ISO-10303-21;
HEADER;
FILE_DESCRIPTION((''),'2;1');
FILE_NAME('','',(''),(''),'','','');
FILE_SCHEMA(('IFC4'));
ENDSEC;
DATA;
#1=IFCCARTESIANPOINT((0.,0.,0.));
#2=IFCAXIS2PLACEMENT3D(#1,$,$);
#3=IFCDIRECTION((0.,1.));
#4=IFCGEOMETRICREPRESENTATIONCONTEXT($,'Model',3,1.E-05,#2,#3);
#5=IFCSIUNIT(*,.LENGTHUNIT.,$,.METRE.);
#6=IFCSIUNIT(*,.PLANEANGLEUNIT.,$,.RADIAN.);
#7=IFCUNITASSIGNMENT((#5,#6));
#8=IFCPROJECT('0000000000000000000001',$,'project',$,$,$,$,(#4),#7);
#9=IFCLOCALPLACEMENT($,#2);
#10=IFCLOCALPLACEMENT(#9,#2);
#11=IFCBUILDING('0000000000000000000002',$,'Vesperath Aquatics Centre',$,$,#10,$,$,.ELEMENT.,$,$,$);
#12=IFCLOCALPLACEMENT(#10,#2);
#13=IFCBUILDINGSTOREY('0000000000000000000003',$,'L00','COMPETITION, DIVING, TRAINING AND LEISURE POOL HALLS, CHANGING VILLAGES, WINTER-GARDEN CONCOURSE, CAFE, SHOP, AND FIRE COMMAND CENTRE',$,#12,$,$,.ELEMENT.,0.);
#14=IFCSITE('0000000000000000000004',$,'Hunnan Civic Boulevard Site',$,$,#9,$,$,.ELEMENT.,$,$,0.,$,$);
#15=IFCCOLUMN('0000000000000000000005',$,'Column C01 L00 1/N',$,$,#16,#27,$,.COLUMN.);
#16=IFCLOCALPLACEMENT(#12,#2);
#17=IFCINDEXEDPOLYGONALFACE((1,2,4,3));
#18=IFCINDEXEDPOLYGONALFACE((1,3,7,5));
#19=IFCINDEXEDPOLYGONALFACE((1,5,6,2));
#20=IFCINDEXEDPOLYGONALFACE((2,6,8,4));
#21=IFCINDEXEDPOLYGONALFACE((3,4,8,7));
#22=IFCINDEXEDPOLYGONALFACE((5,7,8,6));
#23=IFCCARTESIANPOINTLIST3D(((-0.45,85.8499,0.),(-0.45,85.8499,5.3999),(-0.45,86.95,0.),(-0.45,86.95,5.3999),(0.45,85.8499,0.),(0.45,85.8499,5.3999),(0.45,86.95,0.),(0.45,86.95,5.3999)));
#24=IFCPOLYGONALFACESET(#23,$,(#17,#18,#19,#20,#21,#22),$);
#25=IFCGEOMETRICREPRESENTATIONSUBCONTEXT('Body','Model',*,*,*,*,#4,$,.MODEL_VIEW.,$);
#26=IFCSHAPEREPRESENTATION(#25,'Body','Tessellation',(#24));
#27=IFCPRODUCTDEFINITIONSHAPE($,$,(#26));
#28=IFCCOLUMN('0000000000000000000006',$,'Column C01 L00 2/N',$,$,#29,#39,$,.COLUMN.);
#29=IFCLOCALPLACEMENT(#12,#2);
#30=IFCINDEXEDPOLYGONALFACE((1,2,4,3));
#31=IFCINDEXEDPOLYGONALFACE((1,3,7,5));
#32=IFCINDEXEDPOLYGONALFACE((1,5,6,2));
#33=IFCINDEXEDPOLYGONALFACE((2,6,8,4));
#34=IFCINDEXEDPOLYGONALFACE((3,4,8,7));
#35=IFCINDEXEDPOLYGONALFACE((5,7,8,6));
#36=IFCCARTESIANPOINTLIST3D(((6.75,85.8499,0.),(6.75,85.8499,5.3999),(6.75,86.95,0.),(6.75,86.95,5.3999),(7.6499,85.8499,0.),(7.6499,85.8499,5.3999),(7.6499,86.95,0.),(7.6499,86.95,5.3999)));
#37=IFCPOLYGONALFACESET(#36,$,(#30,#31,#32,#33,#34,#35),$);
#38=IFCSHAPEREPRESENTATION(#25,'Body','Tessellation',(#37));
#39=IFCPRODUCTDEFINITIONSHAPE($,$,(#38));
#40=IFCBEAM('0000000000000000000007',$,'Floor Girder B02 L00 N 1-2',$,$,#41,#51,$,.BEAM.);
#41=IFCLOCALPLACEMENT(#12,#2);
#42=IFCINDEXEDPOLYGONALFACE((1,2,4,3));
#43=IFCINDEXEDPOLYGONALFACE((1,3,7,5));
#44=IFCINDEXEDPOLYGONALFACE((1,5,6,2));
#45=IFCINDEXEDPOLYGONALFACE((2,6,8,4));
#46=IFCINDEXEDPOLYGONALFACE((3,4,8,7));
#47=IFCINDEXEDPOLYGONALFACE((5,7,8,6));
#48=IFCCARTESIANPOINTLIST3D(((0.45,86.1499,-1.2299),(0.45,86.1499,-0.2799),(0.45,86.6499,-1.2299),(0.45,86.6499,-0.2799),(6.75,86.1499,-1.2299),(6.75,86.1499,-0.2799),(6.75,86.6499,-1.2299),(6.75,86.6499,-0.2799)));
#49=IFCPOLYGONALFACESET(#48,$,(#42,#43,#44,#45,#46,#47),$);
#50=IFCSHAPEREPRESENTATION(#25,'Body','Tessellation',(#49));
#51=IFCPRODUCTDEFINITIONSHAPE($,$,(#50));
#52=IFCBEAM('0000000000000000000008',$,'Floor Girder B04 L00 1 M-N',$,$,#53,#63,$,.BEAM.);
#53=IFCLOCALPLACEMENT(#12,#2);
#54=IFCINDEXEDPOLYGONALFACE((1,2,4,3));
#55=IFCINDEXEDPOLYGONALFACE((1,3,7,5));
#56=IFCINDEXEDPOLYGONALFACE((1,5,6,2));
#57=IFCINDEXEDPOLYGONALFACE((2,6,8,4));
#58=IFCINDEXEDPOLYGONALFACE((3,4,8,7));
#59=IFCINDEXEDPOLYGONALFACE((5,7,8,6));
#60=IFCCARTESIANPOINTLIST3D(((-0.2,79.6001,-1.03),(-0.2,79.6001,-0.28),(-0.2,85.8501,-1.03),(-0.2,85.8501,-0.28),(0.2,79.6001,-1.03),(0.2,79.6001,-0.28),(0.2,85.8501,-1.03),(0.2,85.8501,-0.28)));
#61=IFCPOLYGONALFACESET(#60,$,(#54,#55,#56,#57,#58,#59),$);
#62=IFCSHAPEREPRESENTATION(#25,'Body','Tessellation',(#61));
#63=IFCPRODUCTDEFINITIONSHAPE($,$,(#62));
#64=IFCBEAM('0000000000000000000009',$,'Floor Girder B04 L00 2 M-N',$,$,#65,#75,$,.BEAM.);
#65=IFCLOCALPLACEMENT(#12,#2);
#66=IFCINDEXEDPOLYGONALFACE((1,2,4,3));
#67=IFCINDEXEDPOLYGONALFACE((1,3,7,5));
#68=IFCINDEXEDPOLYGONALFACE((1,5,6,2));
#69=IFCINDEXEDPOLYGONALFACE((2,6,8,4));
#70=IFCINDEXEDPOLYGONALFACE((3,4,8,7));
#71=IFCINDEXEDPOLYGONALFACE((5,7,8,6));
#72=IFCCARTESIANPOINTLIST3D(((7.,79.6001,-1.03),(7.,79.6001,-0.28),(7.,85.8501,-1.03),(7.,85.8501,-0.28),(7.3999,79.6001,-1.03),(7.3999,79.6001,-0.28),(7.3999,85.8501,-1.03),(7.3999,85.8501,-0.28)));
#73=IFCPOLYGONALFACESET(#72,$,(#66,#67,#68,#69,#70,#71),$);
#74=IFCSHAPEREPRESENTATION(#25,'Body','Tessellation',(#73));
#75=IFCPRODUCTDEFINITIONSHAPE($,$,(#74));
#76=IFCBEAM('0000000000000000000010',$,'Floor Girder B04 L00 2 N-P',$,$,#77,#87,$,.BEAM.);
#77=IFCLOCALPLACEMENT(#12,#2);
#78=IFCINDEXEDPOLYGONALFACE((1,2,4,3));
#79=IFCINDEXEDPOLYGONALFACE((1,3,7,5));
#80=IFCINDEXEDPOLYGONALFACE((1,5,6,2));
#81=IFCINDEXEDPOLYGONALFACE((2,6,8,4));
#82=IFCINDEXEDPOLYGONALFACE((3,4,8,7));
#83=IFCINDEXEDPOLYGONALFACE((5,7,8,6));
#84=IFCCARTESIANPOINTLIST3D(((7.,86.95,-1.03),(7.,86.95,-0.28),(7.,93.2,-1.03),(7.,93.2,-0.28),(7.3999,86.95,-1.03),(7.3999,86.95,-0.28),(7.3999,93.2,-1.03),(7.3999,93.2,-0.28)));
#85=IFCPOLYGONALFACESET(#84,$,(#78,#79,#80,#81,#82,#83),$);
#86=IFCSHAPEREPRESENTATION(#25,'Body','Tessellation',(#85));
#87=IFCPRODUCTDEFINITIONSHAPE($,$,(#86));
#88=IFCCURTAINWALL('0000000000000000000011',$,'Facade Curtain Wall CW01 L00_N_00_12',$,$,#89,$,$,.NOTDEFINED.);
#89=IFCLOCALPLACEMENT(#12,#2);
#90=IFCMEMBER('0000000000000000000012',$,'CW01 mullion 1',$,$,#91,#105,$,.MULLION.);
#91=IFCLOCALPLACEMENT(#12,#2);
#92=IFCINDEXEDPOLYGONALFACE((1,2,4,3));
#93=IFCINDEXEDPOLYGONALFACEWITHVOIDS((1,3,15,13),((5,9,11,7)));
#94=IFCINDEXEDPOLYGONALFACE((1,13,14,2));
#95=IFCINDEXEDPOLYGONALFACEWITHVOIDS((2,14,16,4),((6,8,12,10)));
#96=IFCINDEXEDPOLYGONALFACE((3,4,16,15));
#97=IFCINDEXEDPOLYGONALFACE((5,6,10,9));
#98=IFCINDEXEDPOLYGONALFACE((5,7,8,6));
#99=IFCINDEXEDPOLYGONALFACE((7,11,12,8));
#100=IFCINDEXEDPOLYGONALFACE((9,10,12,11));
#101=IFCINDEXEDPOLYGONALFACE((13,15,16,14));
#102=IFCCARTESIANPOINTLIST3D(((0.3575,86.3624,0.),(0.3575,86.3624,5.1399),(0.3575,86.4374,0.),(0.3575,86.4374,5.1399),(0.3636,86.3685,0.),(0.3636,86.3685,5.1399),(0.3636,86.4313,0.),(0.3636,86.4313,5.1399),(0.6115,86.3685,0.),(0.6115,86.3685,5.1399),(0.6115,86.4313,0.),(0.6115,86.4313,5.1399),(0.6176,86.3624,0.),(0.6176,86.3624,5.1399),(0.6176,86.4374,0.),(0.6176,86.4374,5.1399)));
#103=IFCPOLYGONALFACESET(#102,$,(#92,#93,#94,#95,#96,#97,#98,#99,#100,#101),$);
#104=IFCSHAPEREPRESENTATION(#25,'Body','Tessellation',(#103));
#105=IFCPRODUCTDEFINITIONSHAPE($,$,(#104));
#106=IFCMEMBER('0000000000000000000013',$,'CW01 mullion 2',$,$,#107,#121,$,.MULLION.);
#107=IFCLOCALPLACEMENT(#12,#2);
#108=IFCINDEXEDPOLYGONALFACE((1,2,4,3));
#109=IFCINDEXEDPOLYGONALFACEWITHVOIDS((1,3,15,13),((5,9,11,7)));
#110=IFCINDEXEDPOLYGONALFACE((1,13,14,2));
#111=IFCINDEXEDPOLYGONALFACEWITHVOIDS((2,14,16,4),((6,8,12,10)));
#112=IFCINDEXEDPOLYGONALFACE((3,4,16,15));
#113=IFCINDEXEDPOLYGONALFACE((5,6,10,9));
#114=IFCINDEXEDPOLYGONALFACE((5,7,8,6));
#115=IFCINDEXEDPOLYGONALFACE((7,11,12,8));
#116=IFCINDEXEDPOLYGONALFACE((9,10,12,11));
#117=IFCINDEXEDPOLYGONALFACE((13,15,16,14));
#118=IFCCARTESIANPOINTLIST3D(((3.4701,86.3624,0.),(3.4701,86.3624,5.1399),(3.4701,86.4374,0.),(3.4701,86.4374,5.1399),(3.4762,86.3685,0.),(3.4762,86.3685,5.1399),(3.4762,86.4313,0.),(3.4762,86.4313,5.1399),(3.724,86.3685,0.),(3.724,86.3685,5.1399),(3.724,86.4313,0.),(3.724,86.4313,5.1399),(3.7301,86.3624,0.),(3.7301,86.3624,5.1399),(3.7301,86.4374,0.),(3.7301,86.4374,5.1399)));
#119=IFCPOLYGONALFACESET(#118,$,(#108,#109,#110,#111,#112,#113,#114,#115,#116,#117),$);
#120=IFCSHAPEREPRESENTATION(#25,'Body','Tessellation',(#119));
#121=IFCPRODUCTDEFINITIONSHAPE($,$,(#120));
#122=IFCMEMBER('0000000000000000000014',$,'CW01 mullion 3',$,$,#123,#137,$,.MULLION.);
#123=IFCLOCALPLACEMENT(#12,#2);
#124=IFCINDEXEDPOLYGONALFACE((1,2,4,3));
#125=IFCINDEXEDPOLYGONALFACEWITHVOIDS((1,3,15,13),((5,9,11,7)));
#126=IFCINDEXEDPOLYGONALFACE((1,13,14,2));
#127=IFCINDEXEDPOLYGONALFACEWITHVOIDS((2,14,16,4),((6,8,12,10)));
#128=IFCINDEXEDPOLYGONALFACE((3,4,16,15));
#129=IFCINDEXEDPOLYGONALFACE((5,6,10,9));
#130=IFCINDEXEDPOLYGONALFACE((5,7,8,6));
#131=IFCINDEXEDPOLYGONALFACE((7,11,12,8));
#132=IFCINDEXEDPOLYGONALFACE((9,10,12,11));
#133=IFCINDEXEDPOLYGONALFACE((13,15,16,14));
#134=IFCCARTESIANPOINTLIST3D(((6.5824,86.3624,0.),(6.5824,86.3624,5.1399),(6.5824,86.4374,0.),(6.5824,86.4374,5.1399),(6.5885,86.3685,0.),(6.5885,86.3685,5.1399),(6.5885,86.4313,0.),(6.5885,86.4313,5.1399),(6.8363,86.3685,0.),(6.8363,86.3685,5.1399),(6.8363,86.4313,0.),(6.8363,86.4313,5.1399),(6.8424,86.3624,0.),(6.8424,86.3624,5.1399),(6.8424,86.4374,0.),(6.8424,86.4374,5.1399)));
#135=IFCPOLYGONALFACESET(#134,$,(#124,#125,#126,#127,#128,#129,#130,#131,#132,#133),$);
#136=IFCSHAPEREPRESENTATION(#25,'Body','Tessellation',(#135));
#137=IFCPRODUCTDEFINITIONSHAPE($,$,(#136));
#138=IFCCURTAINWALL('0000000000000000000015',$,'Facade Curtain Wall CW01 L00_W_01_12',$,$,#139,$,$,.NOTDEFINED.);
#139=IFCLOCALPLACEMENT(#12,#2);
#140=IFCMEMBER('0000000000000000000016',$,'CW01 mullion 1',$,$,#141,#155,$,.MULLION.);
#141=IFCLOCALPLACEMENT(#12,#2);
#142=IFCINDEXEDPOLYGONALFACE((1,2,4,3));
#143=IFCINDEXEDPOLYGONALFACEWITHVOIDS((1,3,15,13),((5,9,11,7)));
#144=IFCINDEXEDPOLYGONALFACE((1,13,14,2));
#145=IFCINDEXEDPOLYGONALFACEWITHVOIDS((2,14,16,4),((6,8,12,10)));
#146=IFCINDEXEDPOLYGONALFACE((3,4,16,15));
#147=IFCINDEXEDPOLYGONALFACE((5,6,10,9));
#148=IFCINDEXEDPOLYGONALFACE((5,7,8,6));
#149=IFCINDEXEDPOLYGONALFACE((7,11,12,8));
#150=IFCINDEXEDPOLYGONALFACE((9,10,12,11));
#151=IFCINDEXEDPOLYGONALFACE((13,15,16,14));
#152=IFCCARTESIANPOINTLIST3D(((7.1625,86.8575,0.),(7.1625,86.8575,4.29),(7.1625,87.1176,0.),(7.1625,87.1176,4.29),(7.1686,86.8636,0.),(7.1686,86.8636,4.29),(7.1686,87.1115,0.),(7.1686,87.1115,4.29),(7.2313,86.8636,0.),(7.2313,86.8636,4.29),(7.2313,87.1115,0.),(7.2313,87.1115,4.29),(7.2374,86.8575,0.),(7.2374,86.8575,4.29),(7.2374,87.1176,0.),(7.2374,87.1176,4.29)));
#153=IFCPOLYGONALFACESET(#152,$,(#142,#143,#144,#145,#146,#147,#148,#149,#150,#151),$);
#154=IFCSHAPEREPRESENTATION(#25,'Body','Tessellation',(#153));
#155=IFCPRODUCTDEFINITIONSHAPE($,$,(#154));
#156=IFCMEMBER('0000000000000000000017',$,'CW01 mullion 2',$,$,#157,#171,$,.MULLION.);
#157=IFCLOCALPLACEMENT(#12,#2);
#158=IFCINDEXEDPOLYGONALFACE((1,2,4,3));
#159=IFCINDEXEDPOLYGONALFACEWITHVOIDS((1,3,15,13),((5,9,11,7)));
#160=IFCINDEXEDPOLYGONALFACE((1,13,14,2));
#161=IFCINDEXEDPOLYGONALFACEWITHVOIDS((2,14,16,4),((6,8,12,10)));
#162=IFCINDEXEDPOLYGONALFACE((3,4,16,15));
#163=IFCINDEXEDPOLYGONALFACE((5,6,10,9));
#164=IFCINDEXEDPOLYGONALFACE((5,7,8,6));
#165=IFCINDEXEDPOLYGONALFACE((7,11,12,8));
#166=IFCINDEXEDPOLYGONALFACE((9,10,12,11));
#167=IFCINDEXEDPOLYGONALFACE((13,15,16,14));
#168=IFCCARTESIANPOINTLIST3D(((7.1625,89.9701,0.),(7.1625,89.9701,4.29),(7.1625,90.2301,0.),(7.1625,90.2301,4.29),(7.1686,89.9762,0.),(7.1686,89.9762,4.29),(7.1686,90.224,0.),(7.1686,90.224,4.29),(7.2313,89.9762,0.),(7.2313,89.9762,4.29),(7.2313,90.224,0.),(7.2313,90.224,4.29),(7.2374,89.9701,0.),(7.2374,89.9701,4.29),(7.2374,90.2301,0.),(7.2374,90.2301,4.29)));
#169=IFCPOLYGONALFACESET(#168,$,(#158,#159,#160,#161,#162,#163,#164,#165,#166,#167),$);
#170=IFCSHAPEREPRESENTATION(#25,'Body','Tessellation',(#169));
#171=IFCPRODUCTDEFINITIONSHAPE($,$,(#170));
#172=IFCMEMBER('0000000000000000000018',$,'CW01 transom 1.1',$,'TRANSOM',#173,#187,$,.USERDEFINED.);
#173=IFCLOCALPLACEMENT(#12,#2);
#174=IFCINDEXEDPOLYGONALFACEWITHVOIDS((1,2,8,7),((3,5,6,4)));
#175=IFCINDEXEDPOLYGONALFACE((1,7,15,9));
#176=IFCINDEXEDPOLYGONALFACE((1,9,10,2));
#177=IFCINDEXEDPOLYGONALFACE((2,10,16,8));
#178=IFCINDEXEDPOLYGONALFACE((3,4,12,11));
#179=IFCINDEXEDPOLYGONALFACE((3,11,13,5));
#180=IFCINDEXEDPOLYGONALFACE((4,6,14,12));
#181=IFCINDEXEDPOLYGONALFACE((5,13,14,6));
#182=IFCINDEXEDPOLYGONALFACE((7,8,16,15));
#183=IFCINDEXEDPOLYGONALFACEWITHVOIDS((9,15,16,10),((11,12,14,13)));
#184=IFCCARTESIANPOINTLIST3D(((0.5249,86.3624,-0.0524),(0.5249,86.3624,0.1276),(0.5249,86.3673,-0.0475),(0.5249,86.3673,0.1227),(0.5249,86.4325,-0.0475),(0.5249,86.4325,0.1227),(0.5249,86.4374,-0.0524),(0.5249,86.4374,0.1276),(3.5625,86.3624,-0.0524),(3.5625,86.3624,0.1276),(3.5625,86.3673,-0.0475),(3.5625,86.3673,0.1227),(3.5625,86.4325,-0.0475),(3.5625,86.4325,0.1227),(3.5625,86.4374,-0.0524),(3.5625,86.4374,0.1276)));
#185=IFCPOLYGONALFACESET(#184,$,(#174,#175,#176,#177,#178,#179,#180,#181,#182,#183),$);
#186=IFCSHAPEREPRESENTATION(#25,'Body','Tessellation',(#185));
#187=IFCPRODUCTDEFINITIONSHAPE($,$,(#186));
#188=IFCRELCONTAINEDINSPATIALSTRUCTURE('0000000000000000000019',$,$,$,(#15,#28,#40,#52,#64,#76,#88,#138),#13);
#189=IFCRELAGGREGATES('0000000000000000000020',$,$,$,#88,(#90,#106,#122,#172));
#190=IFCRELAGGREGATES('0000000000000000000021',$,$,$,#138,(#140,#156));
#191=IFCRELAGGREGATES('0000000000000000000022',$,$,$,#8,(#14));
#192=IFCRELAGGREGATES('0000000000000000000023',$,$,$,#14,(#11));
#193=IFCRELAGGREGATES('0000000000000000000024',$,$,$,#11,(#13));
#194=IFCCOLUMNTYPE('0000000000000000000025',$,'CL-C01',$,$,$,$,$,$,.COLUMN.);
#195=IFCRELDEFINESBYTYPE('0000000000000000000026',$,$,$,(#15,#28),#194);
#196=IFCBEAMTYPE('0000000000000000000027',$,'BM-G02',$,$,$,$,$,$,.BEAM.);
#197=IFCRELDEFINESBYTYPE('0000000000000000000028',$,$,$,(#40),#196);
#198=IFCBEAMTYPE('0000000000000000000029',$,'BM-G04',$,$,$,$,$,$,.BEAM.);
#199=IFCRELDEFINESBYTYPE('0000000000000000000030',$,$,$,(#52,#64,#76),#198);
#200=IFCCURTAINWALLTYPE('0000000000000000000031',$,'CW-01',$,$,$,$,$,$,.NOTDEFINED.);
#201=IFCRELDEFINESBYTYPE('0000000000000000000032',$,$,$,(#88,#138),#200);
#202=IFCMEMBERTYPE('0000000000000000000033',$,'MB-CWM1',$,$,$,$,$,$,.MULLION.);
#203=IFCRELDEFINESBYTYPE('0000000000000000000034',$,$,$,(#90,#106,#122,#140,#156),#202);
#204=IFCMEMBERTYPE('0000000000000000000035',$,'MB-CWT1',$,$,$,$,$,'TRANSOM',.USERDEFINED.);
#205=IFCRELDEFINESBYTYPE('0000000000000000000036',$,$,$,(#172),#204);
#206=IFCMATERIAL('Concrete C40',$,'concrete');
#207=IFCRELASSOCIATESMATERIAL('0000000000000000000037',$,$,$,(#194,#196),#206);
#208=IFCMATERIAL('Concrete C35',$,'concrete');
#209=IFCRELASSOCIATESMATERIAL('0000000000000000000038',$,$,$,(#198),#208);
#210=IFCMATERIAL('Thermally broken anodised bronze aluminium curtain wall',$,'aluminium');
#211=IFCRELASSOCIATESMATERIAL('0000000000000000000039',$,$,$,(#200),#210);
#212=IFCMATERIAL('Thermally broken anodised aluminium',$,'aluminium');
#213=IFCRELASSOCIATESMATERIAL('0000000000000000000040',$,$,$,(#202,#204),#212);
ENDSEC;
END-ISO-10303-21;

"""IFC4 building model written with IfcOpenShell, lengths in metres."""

from ifc_helpers import new_model, si_unit, direction, frame, origin, origin_2d, place, context, subcontext, project, spatial, rectangle, hollow_rectangle, extrude, material, material_profile, profile_set, type_object, element, aggregate, save


model = new_model("IFC4")

# Units and contexts
model_context = context("Model", 3, precision=1e-05, world=origin(), true_north=direction((0.0, 1.0)))
body_context = subcontext(model_context, "Body", "Model", "MODEL_VIEW")
ifc_project = project(units=[si_unit("LENGTHUNIT", "METRE"), si_unit("PLANEANGLEUNIT", "RADIAN")], contexts=[model_context])

# Site, building, storey
site_placement = place(None, origin())
site = spatial("IfcSite", under=ifc_project, at=site_placement, Name="Hunnan Civic Boulevard Site", CompositionType="ELEMENT", RefElevation=0.0)
building_placement = place(site_placement, origin())
building = spatial("IfcBuilding", under=site, at=building_placement, Name="Vesperath Aquatics Centre", CompositionType="ELEMENT")
storey_placement = place(building_placement, origin())
storey = spatial("IfcBuildingStorey", under=building, at=storey_placement, Name="L00", Description="COMPETITION, DIVING, TRAINING AND LEISURE POOL HALLS, CHANGING VILLAGES, WINTER-GARDEN CONCOURSE, CAFE, SHOP, AND FIRE COMMAND CENTRE", CompositionType="ELEMENT", Elevation=0.0)

# Columns
ifc_material_1 = material(Name="Concrete C40", Category="concrete")
ifc_material_profile_1 = material_profile(ifc_material_1, rectangle(XDim=0.8999, YDim=1.1001, at=origin_2d()), Name="RC 1100x900")
ifc_profile_set_1 = profile_set([ifc_material_profile_1], Name="Concrete C40")
column_type = type_object("IfcColumnType", Name="CL-C01", PredefinedType="COLUMN", material=ifc_profile_set_1)
for number, where, z_axis, x_axis, name in (
    (1, (0.0, 86.3999, 0.0), (0.0, 0.0, 1.0), (1.0, 0.0, 0.0), "Column C01 L00 1/N"),
    (2, (7.2, 86.3999, 0.0), (0.0, 0.0, 1.0), (1.0, 0.0, 0.0), "Column C01 L00 2/N"),
):
    element("IfcColumn", number, at=place(storey_placement, frame(where, z_axis=z_axis, x_axis=x_axis)), inside=storey, type_object=column_type, Name=name, PredefinedType="COLUMN", context=body_context, shape_type="SweptSolid", body=[
        extrude(rectangle(XDim=0.8999, YDim=1.1001, at=origin_2d()), origin(), (0.0, 0.0, 1.0), 5.3999),
    ])

# Beams
ifc_material_profile_2 = material_profile(ifc_material_1, rectangle(XDim=0.5, YDim=0.95, at=origin_2d()), Name="RC 500x950")
ifc_profile_set_2 = profile_set([ifc_material_profile_2], Name="Concrete C40")
beam_type_1 = type_object("IfcBeamType", Name="BM-G02", PredefinedType="BEAM", material=ifc_profile_set_2)
beam_placement = place(storey_placement, frame((0.45, 86.3999, -0.7549), z_axis=(1.0, 0.0, 0.0), x_axis=(0.0, 1.0, 0.0)))
element("IfcBeam", 3, at=beam_placement, inside=storey, type_object=beam_type_1, Name="Floor Girder B02 L00 N 1-2", PredefinedType="BEAM", context=body_context, shape_type="SweptSolid", body=[
    extrude(rectangle(XDim=0.5, YDim=0.95, at=origin_2d()), origin(), (0.0, 0.0, 1.0), 6.3),
])
ifc_material_2 = material(Name="Concrete C35", Category="concrete")
ifc_material_profile_3 = material_profile(ifc_material_2, rectangle(XDim=0.3999, YDim=0.75, at=origin_2d()), Name="RC 400x750")
ifc_profile_set_3 = profile_set([ifc_material_profile_3], Name="Concrete C35")
beam_type_2 = type_object("IfcBeamType", Name="BM-G04", PredefinedType="BEAM", material=ifc_profile_set_3)
for number, where, z_axis, x_axis, name in (
    (4, (0.0, 79.6001, -0.655), (0.0, 1.0, 0.0), (-1.0, 0.0, 0.0), "Floor Girder B04 L00 1 M-N"),
    (5, (7.2, 79.6001, -0.655), (0.0, 1.0, 0.0), (-1.0, 0.0, 0.0), "Floor Girder B04 L00 2 M-N"),
    (6, (7.2, 86.95, -0.655), (0.0, 1.0, 0.0), (-1.0, 0.0, 0.0), "Floor Girder B04 L00 2 N-P"),
):
    element("IfcBeam", number, at=place(storey_placement, frame(where, z_axis=z_axis, x_axis=x_axis)), inside=storey, type_object=beam_type_2, Name=name, PredefinedType="BEAM", context=body_context, shape_type="SweptSolid", body=[
        extrude(rectangle(XDim=0.3999, YDim=0.75, at=origin_2d()), origin(), (0.0, 0.0, 1.0), 6.25),
    ])

# Curtain walls, members
ifc_material_3 = material(Name="Thermally broken anodised bronze aluminium curtain wall", Category="aluminium")
curtain_wall_type = type_object("IfcCurtainWallType", Name="CW-01", PredefinedType="NOTDEFINED", material=ifc_material_3)
curtain_wall_1_placement = place(storey_placement, origin())
curtain_wall_1 = element("IfcCurtainWall", 7, at=curtain_wall_1_placement, inside=storey, type_object=curtain_wall_type, Name="Facade Curtain Wall CW01 L00_N_00_12", PredefinedType="NOTDEFINED")
ifc_material_4 = material(Name="Thermally broken anodised aluminium", Category="aluminium")
ifc_material_profile_4 = material_profile(ifc_material_4, hollow_rectangle(XDim=0.075, YDim=0.26, WallThickness=0.0061, at=origin_2d()), Name="CWM 75x260x6")
ifc_profile_set_4 = profile_set([ifc_material_profile_4], Name="Thermally broken anodised aluminium")
member_type_1 = type_object("IfcMemberType", Name="MB-CWM1", PredefinedType="MULLION", material=ifc_profile_set_4)
member_1_placement = place(storey_placement, frame((0.4875, 86.3999, 0.0), z_axis=(0.0, 0.0, 1.0), x_axis=(0.0, 1.0, 0.0)))
member_1 = element("IfcMember", 8, at=member_1_placement, type_object=member_type_1, Name="CW01 mullion 1", PredefinedType="MULLION", context=body_context, shape_type="SweptSolid", body=[
    extrude(hollow_rectangle(XDim=0.075, YDim=0.26, WallThickness=0.0061, at=origin_2d()), origin(), (0.0, 0.0, 1.0), 5.1399),
])
member_2_placement = place(storey_placement, frame((3.6001, 86.3999, 0.0), z_axis=(0.0, 0.0, 1.0), x_axis=(0.0, 1.0, 0.0)))
member_2 = element("IfcMember", 9, at=member_2_placement, type_object=member_type_1, Name="CW01 mullion 2", PredefinedType="MULLION", context=body_context, shape_type="SweptSolid", body=[
    extrude(hollow_rectangle(XDim=0.075, YDim=0.26, WallThickness=0.0061, at=origin_2d()), origin(), (0.0, 0.0, 1.0), 5.1399),
])
member_3_placement = place(storey_placement, frame((6.7124, 86.3999, 0.0), z_axis=(0.0, 0.0, 1.0), x_axis=(0.0, 1.0, 0.0)))
member_3 = element("IfcMember", 10, at=member_3_placement, type_object=member_type_1, Name="CW01 mullion 3", PredefinedType="MULLION", context=body_context, shape_type="SweptSolid", body=[
    extrude(hollow_rectangle(XDim=0.075, YDim=0.26, WallThickness=0.0061, at=origin_2d()), origin(), (0.0, 0.0, 1.0), 5.1399),
])
curtain_wall_2_placement = place(storey_placement, origin())
curtain_wall_2 = element("IfcCurtainWall", 11, at=curtain_wall_2_placement, inside=storey, type_object=curtain_wall_type, Name="Facade Curtain Wall CW01 L00_W_01_12", PredefinedType="NOTDEFINED")
member_4_placement = place(storey_placement, frame((7.2, 86.9875, 0.0), z_axis=(0.0, 0.0, 1.0), x_axis=(-1.0, 0.0, 0.0)))
member_4 = element("IfcMember", 12, at=member_4_placement, type_object=member_type_1, Name="CW01 mullion 1", PredefinedType="MULLION", context=body_context, shape_type="SweptSolid", body=[
    extrude(hollow_rectangle(XDim=0.075, YDim=0.26, WallThickness=0.0061, at=origin_2d()), origin(), (0.0, 0.0, 1.0), 4.29),
])
member_5_placement = place(storey_placement, frame((7.2, 90.1001, 0.0), z_axis=(0.0, 0.0, 1.0), x_axis=(-1.0, 0.0, 0.0)))
member_5 = element("IfcMember", 13, at=member_5_placement, type_object=member_type_1, Name="CW01 mullion 2", PredefinedType="MULLION", context=body_context, shape_type="SweptSolid", body=[
    extrude(hollow_rectangle(XDim=0.075, YDim=0.26, WallThickness=0.0061, at=origin_2d()), origin(), (0.0, 0.0, 1.0), 4.29),
])

# Member
ifc_material_profile_5 = material_profile(ifc_material_4, hollow_rectangle(XDim=0.075, YDim=0.1799, WallThickness=0.0049, at=origin_2d()), Name="CWT 75x180x5")
ifc_profile_set_5 = profile_set([ifc_material_profile_5], Name="Thermally broken anodised aluminium")
member_type_2 = type_object("IfcMemberType", Name="MB-CWT1", ElementType="TRANSOM", PredefinedType="USERDEFINED", material=ifc_profile_set_5)
member_6_placement = place(storey_placement, frame((0.5249, 86.3999, 0.0376), z_axis=(1.0, 0.0, 0.0), x_axis=(0.0, 1.0, 0.0)))
member_6 = element("IfcMember", 14, at=member_6_placement, type_object=member_type_2, Name="CW01 transom 1.1", ObjectType="TRANSOM", PredefinedType="USERDEFINED", context=body_context, shape_type="SweptSolid", body=[
    extrude(hollow_rectangle(XDim=0.075, YDim=0.1799, WallThickness=0.0049, at=origin_2d()), origin(), (0.0, 0.0, 1.0), 3.0376),
])

aggregate(curtain_wall_1, [member_1, member_2, member_3, member_6])
aggregate(curtain_wall_2, [member_4, member_5])

save(model, "model.ifc")
